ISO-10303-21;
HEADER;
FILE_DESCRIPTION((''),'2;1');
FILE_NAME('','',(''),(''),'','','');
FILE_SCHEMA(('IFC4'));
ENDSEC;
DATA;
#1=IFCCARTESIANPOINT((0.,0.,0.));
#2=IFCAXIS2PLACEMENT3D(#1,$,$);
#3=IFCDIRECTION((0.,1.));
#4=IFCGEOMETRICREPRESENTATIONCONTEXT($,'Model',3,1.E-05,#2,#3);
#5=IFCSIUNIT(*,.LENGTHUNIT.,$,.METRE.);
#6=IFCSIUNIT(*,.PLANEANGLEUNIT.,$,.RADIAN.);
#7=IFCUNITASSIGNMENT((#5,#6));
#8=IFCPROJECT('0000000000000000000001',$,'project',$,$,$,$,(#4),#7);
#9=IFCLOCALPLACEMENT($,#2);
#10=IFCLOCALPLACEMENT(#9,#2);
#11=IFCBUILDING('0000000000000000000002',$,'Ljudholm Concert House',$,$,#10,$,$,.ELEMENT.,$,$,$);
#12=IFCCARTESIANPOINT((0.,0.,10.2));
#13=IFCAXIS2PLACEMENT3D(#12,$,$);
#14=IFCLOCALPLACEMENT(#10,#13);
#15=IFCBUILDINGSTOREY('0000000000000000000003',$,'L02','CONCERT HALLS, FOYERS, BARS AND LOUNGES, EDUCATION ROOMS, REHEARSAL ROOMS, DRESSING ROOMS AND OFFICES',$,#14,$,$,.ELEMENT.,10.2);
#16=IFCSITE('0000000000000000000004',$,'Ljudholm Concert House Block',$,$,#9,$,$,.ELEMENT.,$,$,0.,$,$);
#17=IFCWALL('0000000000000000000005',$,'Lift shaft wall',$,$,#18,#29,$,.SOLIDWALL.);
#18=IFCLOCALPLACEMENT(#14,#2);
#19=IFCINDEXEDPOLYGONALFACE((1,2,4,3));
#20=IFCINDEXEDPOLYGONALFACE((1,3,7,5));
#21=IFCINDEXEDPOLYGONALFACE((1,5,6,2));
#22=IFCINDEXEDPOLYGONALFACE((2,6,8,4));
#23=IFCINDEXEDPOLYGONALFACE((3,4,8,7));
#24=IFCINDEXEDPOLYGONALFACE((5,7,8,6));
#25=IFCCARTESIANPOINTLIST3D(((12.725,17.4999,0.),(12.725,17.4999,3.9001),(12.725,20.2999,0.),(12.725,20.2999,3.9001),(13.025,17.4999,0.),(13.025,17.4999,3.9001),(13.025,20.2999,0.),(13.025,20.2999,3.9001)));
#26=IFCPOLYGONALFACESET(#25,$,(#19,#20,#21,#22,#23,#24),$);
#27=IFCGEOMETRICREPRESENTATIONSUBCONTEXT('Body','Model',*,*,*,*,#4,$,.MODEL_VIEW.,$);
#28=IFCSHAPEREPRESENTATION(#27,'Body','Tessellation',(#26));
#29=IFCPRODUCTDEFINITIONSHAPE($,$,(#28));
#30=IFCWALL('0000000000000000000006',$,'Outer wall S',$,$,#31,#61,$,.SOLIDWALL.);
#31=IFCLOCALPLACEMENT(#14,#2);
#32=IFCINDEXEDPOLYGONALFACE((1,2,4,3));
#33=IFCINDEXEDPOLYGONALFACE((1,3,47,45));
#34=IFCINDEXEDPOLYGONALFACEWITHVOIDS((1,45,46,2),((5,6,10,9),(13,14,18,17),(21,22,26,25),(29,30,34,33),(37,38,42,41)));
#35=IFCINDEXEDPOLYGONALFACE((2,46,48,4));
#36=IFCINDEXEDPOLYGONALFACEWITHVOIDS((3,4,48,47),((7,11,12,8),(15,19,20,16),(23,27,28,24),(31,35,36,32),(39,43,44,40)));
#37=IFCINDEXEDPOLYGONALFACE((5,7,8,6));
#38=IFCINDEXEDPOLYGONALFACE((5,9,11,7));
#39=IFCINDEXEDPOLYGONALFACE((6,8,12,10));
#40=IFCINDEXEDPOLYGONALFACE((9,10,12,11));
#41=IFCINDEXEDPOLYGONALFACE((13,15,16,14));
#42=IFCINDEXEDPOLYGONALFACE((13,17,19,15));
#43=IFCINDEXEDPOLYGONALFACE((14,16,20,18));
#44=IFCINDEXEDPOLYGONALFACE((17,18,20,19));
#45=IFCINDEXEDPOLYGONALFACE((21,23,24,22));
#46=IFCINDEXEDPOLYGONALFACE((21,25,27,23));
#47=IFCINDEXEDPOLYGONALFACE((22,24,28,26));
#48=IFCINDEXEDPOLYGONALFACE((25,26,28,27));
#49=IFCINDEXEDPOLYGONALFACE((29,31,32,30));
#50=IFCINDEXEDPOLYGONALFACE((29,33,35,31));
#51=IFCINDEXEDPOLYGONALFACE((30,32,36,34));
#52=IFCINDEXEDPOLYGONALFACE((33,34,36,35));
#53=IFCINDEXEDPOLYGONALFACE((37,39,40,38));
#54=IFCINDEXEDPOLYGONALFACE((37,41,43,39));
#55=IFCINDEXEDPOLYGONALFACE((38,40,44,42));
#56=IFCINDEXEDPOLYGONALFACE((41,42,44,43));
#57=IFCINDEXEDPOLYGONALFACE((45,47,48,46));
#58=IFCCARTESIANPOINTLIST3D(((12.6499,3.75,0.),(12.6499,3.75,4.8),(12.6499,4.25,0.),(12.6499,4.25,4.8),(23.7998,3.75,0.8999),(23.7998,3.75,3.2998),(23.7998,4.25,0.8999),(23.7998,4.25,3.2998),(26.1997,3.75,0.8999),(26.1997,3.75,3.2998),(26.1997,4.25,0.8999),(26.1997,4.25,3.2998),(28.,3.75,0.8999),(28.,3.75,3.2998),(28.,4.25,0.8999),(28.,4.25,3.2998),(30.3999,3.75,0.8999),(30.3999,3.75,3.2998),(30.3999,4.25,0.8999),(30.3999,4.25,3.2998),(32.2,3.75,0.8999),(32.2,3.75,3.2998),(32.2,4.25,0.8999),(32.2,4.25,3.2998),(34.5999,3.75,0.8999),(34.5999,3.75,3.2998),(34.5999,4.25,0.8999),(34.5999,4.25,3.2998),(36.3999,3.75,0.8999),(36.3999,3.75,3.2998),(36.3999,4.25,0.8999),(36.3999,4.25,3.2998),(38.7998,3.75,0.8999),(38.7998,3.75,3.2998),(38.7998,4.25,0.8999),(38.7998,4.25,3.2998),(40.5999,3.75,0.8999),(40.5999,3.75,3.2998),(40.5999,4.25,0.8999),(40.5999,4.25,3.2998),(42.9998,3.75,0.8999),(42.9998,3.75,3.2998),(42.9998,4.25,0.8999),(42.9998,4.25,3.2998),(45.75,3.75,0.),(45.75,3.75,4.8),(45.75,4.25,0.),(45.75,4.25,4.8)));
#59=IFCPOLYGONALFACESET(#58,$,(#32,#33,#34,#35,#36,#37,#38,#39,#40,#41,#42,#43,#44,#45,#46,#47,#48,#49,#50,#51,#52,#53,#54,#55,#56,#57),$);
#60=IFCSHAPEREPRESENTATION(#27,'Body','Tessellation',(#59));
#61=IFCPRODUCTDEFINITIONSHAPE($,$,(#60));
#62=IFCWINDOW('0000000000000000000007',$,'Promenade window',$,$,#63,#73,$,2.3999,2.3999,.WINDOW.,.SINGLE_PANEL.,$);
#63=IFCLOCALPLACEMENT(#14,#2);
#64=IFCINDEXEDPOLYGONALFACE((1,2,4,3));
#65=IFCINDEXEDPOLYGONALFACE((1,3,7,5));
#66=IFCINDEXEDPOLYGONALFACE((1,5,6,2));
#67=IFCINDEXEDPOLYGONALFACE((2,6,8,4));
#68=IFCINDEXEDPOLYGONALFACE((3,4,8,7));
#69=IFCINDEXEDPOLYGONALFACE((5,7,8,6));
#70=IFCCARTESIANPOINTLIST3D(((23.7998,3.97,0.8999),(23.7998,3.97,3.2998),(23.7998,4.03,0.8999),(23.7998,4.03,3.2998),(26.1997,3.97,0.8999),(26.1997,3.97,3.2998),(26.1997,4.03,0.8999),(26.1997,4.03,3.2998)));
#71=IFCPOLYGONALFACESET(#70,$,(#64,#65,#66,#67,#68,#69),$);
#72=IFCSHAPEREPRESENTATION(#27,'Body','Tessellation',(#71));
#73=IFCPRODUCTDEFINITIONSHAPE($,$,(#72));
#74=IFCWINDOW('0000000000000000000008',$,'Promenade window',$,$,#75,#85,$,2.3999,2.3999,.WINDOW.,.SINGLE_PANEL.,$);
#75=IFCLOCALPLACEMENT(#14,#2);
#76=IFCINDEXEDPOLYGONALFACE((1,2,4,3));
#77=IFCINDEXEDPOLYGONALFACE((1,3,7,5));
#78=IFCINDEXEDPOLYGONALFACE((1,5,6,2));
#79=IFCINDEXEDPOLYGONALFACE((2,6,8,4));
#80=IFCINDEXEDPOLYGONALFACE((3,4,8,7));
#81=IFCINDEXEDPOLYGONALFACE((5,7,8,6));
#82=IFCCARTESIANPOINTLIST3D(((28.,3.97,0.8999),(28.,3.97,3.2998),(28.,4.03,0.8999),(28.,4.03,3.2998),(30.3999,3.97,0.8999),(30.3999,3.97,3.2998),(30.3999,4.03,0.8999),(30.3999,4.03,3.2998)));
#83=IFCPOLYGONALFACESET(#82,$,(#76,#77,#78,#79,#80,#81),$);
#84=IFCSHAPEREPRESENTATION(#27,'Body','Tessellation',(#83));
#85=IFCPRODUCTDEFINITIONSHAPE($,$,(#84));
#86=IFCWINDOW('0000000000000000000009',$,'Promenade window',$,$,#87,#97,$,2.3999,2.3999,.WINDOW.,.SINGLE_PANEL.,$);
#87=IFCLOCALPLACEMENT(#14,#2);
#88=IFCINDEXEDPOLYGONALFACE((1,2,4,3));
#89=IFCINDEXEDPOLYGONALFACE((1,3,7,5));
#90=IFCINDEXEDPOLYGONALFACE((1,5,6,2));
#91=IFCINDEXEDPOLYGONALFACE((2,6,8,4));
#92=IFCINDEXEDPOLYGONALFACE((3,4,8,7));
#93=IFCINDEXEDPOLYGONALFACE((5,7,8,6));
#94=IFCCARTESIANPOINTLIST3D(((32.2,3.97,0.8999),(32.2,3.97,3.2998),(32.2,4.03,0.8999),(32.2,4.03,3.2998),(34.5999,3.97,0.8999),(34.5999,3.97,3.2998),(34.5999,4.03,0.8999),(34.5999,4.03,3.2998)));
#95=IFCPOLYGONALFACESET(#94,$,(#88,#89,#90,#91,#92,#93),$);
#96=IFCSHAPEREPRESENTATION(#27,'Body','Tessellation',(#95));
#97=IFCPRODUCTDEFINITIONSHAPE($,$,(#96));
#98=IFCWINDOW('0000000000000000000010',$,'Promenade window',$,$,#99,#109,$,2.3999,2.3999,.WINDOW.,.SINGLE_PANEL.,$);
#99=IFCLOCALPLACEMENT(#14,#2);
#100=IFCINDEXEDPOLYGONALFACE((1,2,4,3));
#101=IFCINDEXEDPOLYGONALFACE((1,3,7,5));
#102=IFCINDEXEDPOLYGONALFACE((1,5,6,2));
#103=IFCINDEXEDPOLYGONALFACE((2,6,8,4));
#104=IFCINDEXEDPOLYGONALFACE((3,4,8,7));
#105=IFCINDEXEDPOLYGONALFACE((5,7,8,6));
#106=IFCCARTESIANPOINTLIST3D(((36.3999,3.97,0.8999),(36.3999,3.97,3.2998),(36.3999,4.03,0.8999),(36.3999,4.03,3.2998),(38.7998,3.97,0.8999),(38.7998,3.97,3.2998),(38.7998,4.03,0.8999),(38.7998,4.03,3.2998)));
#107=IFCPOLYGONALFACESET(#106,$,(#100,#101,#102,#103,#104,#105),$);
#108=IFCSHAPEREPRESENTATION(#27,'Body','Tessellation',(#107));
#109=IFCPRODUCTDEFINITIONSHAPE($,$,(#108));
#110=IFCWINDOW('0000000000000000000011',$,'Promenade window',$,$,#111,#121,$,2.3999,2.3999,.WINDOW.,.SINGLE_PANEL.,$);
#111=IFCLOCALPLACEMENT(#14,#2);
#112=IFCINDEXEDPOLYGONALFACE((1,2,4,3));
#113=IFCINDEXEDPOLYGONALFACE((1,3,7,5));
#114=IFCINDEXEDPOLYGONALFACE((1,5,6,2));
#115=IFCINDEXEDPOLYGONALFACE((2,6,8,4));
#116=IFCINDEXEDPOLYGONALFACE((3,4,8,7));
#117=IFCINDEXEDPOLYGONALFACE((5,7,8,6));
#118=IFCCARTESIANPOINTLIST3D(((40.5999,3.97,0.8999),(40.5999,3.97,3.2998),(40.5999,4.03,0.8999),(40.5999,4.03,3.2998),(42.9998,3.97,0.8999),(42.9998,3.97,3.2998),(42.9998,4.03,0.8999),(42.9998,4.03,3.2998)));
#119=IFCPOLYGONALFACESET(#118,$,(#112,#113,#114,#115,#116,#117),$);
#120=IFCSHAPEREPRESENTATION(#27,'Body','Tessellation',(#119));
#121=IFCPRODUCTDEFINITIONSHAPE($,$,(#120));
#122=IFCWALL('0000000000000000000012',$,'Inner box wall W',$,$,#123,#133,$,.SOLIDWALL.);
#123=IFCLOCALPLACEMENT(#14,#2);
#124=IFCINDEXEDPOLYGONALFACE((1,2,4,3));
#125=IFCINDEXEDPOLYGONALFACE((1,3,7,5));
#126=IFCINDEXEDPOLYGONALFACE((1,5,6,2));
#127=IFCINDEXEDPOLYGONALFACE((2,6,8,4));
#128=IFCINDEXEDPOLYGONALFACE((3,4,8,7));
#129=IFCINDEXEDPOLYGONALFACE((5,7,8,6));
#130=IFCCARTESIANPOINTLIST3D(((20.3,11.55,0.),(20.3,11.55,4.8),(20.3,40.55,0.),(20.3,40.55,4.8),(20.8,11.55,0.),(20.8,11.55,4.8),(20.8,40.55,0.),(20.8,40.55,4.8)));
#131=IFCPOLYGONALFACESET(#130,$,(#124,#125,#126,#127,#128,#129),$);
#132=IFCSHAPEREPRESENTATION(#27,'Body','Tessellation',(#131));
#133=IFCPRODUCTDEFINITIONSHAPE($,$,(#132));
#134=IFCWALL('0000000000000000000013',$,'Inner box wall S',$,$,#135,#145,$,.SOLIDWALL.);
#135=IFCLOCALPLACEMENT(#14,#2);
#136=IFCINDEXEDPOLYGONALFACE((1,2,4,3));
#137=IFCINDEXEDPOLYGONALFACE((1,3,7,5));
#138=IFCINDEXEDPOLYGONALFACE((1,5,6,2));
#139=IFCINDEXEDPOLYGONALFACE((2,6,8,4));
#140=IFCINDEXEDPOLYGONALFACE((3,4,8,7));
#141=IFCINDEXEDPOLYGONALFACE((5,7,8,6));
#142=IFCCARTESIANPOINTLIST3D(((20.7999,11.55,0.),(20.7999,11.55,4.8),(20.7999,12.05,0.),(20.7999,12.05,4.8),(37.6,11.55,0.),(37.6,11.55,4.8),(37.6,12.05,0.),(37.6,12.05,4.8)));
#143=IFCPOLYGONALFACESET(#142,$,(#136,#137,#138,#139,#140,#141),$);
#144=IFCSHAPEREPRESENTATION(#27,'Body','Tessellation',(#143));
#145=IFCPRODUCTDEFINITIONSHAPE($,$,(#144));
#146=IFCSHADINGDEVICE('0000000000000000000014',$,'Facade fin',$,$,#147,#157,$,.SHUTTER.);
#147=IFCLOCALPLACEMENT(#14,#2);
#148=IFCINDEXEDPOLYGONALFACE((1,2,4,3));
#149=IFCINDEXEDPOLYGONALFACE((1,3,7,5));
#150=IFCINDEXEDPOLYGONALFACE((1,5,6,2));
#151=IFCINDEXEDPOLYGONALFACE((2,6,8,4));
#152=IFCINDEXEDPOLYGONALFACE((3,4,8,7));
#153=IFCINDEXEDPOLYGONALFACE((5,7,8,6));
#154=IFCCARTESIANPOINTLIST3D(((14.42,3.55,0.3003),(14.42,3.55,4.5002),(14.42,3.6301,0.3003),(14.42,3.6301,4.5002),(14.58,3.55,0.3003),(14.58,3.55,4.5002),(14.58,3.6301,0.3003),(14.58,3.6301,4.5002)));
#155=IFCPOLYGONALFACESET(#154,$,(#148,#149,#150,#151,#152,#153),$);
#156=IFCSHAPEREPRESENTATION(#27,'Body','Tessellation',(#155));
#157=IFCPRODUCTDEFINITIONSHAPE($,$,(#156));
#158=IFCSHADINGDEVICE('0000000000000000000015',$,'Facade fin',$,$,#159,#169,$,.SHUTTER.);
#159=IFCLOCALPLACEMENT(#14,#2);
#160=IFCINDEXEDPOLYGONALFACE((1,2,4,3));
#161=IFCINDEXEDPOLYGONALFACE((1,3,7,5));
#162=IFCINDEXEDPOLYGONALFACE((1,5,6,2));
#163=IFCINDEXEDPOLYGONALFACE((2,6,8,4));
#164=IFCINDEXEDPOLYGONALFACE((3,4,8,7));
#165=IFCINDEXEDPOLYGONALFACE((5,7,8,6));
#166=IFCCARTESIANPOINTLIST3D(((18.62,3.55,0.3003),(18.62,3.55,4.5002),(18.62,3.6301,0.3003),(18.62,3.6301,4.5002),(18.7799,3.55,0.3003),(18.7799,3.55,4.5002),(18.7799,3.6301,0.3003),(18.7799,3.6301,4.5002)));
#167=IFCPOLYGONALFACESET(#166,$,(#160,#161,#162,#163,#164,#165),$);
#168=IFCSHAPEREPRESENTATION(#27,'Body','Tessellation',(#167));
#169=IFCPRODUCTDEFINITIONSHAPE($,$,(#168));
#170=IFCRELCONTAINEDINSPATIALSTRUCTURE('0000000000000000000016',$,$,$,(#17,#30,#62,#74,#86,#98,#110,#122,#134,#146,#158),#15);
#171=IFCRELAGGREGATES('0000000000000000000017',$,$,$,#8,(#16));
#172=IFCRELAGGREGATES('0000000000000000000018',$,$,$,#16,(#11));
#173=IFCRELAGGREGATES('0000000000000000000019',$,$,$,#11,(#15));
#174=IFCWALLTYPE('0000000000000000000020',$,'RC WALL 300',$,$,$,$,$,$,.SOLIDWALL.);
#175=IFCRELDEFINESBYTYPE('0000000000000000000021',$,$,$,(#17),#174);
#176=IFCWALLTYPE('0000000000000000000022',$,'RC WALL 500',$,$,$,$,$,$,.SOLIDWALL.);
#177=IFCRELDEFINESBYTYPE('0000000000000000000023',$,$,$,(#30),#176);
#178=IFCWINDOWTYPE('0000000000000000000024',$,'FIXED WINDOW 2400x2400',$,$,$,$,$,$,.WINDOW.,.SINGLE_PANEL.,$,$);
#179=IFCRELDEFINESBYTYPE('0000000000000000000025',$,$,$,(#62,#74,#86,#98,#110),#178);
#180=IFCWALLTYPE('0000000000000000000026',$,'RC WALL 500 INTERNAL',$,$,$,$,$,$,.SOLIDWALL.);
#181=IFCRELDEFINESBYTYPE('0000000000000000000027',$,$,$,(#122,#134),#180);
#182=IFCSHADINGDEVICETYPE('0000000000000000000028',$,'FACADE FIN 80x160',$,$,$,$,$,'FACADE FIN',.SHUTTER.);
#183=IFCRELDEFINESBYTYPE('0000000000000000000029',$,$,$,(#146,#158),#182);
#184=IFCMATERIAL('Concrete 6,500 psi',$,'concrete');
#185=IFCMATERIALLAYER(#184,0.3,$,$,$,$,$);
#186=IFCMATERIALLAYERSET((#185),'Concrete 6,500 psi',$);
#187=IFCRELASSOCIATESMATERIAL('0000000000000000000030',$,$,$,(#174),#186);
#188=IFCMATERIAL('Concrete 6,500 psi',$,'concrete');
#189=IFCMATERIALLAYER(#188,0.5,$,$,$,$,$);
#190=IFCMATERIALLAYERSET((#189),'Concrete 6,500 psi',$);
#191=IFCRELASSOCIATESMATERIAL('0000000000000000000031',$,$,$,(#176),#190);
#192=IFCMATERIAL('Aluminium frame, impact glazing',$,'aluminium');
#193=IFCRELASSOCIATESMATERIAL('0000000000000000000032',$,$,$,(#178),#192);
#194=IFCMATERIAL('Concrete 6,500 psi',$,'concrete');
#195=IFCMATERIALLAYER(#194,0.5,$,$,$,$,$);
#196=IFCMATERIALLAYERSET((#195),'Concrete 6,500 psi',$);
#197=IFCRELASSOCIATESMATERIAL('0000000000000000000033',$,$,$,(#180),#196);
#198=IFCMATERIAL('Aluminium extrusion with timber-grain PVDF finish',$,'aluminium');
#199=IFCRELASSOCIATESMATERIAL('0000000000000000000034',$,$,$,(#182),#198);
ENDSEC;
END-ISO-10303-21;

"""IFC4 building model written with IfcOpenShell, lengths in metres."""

from ifc_helpers import new_model, si_unit, direction, frame, frame_2d, origin, origin_2d, place, context, subcontext, project, spatial, rectangle, extrude, material, layer, layer_set, type_object, element, fill, save


model = new_model("IFC4")

# Units and contexts
model_context = context("Model", 3, precision=1e-05, world=origin(), true_north=direction((0.0, 1.0)))
body_context = subcontext(model_context, "Body", "Model", "MODEL_VIEW")
ifc_project = project(units=[si_unit("LENGTHUNIT", "METRE"), si_unit("PLANEANGLEUNIT", "RADIAN")], contexts=[model_context])

# Site, building, storey
site_placement = place(None, origin())
site = spatial("IfcSite", under=ifc_project, at=site_placement, Name="Ljudholm Concert House Block", CompositionType="ELEMENT", RefElevation=0.0)
building_placement = place(site_placement, origin())
building = spatial("IfcBuilding", under=site, at=building_placement, Name="Ljudholm Concert House", CompositionType="ELEMENT")
storey_placement = place(building_placement, frame((0.0, 0.0, 10.2)))
storey = spatial("IfcBuildingStorey", under=building, at=storey_placement, Name="L02", Description="CONCERT HALLS, FOYERS, BARS AND LOUNGES, EDUCATION ROOMS, REHEARSAL ROOMS, DRESSING ROOMS AND OFFICES", CompositionType="ELEMENT", Elevation=10.2)

# Wall
ifc_material_1 = material(Name="Concrete 6,500 psi", Category="concrete")
ifc_layer_1 = layer(ifc_material_1, 0.3)
ifc_layer_set_1 = layer_set([ifc_layer_1], Name="Concrete 6,500 psi")
wall_type_1 = type_object("IfcWallType", Name="RC WALL 300", PredefinedType="SOLIDWALL", material=ifc_layer_set_1)
wall_1_placement = place(storey_placement, frame((12.875, 17.5, 0.0), z_axis=(0.0, 0.0, 1.0), x_axis=(0.0, 1.0, 0.0)))
element("IfcWall", 1, at=wall_1_placement, inside=storey, type_object=wall_type_1, Name="Lift shaft wall", PredefinedType="SOLIDWALL", context=body_context, shape_type="SweptSolid", body=[
    extrude(rectangle(XDim=2.8, YDim=0.3, at=frame_2d((1.3999, 0.0))), origin(), (0.0, 0.0, 1.0), 3.9001),
])

# Wall, openings, windows
ifc_material_2 = material(Name="Concrete 6,500 psi", Category="concrete")
ifc_layer_2 = layer(ifc_material_2, 0.5)
ifc_layer_set_2 = layer_set([ifc_layer_2], Name="Concrete 6,500 psi")
wall_type_2 = type_object("IfcWallType", Name="RC WALL 500", PredefinedType="SOLIDWALL", material=ifc_layer_set_2)
wall_2_placement = place(storey_placement, frame((12.6499, 4.0, 0.0), z_axis=(0.0, 0.0, 1.0), x_axis=(1.0, 0.0, 0.0)))
wall_2 = element("IfcWall", 2, at=wall_2_placement, inside=storey, type_object=wall_type_2, Name="Outer wall S", PredefinedType="SOLIDWALL", context=body_context, shape_type="SweptSolid", body=[
    extrude(rectangle(XDim=33.1001, YDim=0.5, at=frame_2d((16.55, 0.0))), origin(), (0.0, 0.0, 1.0), 4.8),
])
opening_1_placement = place(wall_2_placement, frame((11.1499, 0.0, 0.8999)))
opening_1 = element("IfcOpeningElement", 3, at=opening_1_placement, cuts=wall_2, PredefinedType="OPENING", context=body_context, shape_type="SweptSolid", body=[
    extrude(rectangle(XDim=2.3999, YDim=2.3999, at=frame_2d((1.2, 1.2))), frame((0.0, 0.26, 0.0), z_axis=(0.0, -1.0, 0.0), x_axis=(1.0, 0.0, 0.0)), (0.0, 0.0, 1.0), 0.52),
])
opening_2_placement = place(wall_2_placement, frame((15.3501, 0.0, 0.8999)))
opening_2 = element("IfcOpeningElement", 4, at=opening_2_placement, cuts=wall_2, PredefinedType="OPENING", context=body_context, shape_type="SweptSolid", body=[
    extrude(rectangle(XDim=2.3999, YDim=2.3999, at=frame_2d((1.2, 1.2))), frame((0.0, 0.26, 0.0), z_axis=(0.0, -1.0, 0.0), x_axis=(1.0, 0.0, 0.0)), (0.0, 0.0, 1.0), 0.52),
])
opening_3_placement = place(wall_2_placement, frame((19.55, 0.0, 0.8999)))
opening_3 = element("IfcOpeningElement", 5, at=opening_3_placement, cuts=wall_2, PredefinedType="OPENING", context=body_context, shape_type="SweptSolid", body=[
    extrude(rectangle(XDim=2.3999, YDim=2.3999, at=frame_2d((1.2, 1.2))), frame((0.0, 0.26, 0.0), z_axis=(0.0, -1.0, 0.0), x_axis=(1.0, 0.0, 0.0)), (0.0, 0.0, 1.0), 0.52),
])
opening_4_placement = place(wall_2_placement, frame((23.75, 0.0, 0.8999)))
opening_4 = element("IfcOpeningElement", 6, at=opening_4_placement, cuts=wall_2, PredefinedType="OPENING", context=body_context, shape_type="SweptSolid", body=[
    extrude(rectangle(XDim=2.3999, YDim=2.3999, at=frame_2d((1.2, 1.2))), frame((0.0, 0.26, 0.0), z_axis=(0.0, -1.0, 0.0), x_axis=(1.0, 0.0, 0.0)), (0.0, 0.0, 1.0), 0.52),
])
opening_5_placement = place(wall_2_placement, frame((27.95, 0.0, 0.8999)))
opening_5 = element("IfcOpeningElement", 7, at=opening_5_placement, cuts=wall_2, PredefinedType="OPENING", context=body_context, shape_type="SweptSolid", body=[
    extrude(rectangle(XDim=2.3999, YDim=2.3999, at=frame_2d((1.2, 1.2))), frame((0.0, 0.26, 0.0), z_axis=(0.0, -1.0, 0.0), x_axis=(1.0, 0.0, 0.0)), (0.0, 0.0, 1.0), 0.52),
])
ifc_material_3 = material(Name="Aluminium frame, impact glazing", Category="aluminium")
window_type = type_object("IfcWindowType", Name="FIXED WINDOW 2400x2400", PartitioningType="SINGLE_PANEL", PredefinedType="WINDOW", material=ifc_material_3)
window_1_placement = place(opening_1_placement, origin())
window_1 = element("IfcWindow", 8, at=window_1_placement, inside=storey, type_object=window_type, Name="Promenade window", OverallHeight=2.3999, OverallWidth=2.3999, PartitioningType="SINGLE_PANEL", PredefinedType="WINDOW", context=body_context, shape_type="SweptSolid", body=[
    extrude(rectangle(XDim=2.3999, YDim=2.3999, at=frame_2d((1.2, 1.2))), frame((0.0, 0.03, 0.0), z_axis=(0.0, -1.0, 0.0), x_axis=(1.0, 0.0, 0.0)), (0.0, 0.0, 1.0), 0.0601),
])
fill(opening_1, window_1)
window_2_placement = place(opening_2_placement, origin())
window_2 = element("IfcWindow", 9, at=window_2_placement, inside=storey, type_object=window_type, Name="Promenade window", OverallHeight=2.3999, OverallWidth=2.3999, PartitioningType="SINGLE_PANEL", PredefinedType="WINDOW", context=body_context, shape_type="SweptSolid", body=[
    extrude(rectangle(XDim=2.3999, YDim=2.3999, at=frame_2d((1.2, 1.2))), frame((0.0, 0.03, 0.0), z_axis=(0.0, -1.0, 0.0), x_axis=(1.0, 0.0, 0.0)), (0.0, 0.0, 1.0), 0.0601),
])
fill(opening_2, window_2)
window_3_placement = place(opening_3_placement, origin())
window_3 = element("IfcWindow", 10, at=window_3_placement, inside=storey, type_object=window_type, Name="Promenade window", OverallHeight=2.3999, OverallWidth=2.3999, PartitioningType="SINGLE_PANEL", PredefinedType="WINDOW", context=body_context, shape_type="SweptSolid", body=[
    extrude(rectangle(XDim=2.3999, YDim=2.3999, at=frame_2d((1.2, 1.2))), frame((0.0, 0.03, 0.0), z_axis=(0.0, -1.0, 0.0), x_axis=(1.0, 0.0, 0.0)), (0.0, 0.0, 1.0), 0.0601),
])
fill(opening_3, window_3)
window_4_placement = place(opening_4_placement, origin())
window_4 = element("IfcWindow", 11, at=window_4_placement, inside=storey, type_object=window_type, Name="Promenade window", OverallHeight=2.3999, OverallWidth=2.3999, PartitioningType="SINGLE_PANEL", PredefinedType="WINDOW", context=body_context, shape_type="SweptSolid", body=[
    extrude(rectangle(XDim=2.3999, YDim=2.3999, at=frame_2d((1.2, 1.2))), frame((0.0, 0.03, 0.0), z_axis=(0.0, -1.0, 0.0), x_axis=(1.0, 0.0, 0.0)), (0.0, 0.0, 1.0), 0.0601),
])
fill(opening_4, window_4)
window_5_placement = place(opening_5_placement, origin())
window_5 = element("IfcWindow", 12, at=window_5_placement, inside=storey, type_object=window_type, Name="Promenade window", OverallHeight=2.3999, OverallWidth=2.3999, PartitioningType="SINGLE_PANEL", PredefinedType="WINDOW", context=body_context, shape_type="SweptSolid", body=[
    extrude(rectangle(XDim=2.3999, YDim=2.3999, at=frame_2d((1.2, 1.2))), frame((0.0, 0.03, 0.0), z_axis=(0.0, -1.0, 0.0), x_axis=(1.0, 0.0, 0.0)), (0.0, 0.0, 1.0), 0.0601),
])
fill(opening_5, window_5)

# Walls
ifc_material_4 = material(Name="Concrete 6,500 psi", Category="concrete")
ifc_layer_3 = layer(ifc_material_4, 0.5)
ifc_layer_set_3 = layer_set([ifc_layer_3], Name="Concrete 6,500 psi")
wall_type_3 = type_object("IfcWallType", Name="RC WALL 500 INTERNAL", PredefinedType="SOLIDWALL", material=ifc_layer_set_3)
wall_3_placement = place(storey_placement, frame((20.55, 11.55, 0.0), z_axis=(0.0, 0.0, 1.0), x_axis=(0.0, 1.0, 0.0)))
element("IfcWall", 13, at=wall_3_placement, inside=storey, type_object=wall_type_3, Name="Inner box wall W", PredefinedType="SOLIDWALL", context=body_context, shape_type="SweptSolid", body=[
    extrude(rectangle(XDim=29.0, YDim=0.5, at=frame_2d((14.5, 0.0))), origin(), (0.0, 0.0, 1.0), 4.8),
])
wall_4_placement = place(storey_placement, frame((20.8, 11.8, 0.0), z_axis=(0.0, 0.0, 1.0), x_axis=(1.0, 0.0, 0.0)))
element("IfcWall", 14, at=wall_4_placement, inside=storey, type_object=wall_type_3, Name="Inner box wall S", PredefinedType="SOLIDWALL", context=body_context, shape_type="SweptSolid", body=[
    extrude(rectangle(XDim=16.8, YDim=0.5, at=frame_2d((8.3999, 0.0))), origin(), (0.0, 0.0, 1.0), 4.8),
])

# Shading devices
ifc_material_5 = material(Name="Aluminium extrusion with timber-grain PVDF finish", Category="aluminium")
shading_device_type = type_object("IfcShadingDeviceType", Name="FACADE FIN 80x160", ElementType="FACADE FIN", PredefinedType="SHUTTER", material=ifc_material_5)
for number, where, z_axis, x_axis, name in (
    (15, (14.5, 3.5901, 0.3003), (0.0, 0.0, 1.0), (0.0, -1.0, 0.0), "Facade fin"),
    (16, (18.7, 3.5901, 0.3003), (0.0, 0.0, 1.0), (0.0, -1.0, 0.0), "Facade fin"),
):
    element("IfcShadingDevice", number, at=place(storey_placement, frame(where, z_axis=z_axis, x_axis=x_axis)), inside=storey, type_object=shading_device_type, Name=name, PredefinedType="SHUTTER", context=body_context, shape_type="SweptSolid", body=[
        extrude(rectangle(XDim=0.0801, YDim=0.1599, at=origin_2d()), origin(), (0.0, 0.0, 1.0), 4.2),
    ])

save(model, "model.ifc")
